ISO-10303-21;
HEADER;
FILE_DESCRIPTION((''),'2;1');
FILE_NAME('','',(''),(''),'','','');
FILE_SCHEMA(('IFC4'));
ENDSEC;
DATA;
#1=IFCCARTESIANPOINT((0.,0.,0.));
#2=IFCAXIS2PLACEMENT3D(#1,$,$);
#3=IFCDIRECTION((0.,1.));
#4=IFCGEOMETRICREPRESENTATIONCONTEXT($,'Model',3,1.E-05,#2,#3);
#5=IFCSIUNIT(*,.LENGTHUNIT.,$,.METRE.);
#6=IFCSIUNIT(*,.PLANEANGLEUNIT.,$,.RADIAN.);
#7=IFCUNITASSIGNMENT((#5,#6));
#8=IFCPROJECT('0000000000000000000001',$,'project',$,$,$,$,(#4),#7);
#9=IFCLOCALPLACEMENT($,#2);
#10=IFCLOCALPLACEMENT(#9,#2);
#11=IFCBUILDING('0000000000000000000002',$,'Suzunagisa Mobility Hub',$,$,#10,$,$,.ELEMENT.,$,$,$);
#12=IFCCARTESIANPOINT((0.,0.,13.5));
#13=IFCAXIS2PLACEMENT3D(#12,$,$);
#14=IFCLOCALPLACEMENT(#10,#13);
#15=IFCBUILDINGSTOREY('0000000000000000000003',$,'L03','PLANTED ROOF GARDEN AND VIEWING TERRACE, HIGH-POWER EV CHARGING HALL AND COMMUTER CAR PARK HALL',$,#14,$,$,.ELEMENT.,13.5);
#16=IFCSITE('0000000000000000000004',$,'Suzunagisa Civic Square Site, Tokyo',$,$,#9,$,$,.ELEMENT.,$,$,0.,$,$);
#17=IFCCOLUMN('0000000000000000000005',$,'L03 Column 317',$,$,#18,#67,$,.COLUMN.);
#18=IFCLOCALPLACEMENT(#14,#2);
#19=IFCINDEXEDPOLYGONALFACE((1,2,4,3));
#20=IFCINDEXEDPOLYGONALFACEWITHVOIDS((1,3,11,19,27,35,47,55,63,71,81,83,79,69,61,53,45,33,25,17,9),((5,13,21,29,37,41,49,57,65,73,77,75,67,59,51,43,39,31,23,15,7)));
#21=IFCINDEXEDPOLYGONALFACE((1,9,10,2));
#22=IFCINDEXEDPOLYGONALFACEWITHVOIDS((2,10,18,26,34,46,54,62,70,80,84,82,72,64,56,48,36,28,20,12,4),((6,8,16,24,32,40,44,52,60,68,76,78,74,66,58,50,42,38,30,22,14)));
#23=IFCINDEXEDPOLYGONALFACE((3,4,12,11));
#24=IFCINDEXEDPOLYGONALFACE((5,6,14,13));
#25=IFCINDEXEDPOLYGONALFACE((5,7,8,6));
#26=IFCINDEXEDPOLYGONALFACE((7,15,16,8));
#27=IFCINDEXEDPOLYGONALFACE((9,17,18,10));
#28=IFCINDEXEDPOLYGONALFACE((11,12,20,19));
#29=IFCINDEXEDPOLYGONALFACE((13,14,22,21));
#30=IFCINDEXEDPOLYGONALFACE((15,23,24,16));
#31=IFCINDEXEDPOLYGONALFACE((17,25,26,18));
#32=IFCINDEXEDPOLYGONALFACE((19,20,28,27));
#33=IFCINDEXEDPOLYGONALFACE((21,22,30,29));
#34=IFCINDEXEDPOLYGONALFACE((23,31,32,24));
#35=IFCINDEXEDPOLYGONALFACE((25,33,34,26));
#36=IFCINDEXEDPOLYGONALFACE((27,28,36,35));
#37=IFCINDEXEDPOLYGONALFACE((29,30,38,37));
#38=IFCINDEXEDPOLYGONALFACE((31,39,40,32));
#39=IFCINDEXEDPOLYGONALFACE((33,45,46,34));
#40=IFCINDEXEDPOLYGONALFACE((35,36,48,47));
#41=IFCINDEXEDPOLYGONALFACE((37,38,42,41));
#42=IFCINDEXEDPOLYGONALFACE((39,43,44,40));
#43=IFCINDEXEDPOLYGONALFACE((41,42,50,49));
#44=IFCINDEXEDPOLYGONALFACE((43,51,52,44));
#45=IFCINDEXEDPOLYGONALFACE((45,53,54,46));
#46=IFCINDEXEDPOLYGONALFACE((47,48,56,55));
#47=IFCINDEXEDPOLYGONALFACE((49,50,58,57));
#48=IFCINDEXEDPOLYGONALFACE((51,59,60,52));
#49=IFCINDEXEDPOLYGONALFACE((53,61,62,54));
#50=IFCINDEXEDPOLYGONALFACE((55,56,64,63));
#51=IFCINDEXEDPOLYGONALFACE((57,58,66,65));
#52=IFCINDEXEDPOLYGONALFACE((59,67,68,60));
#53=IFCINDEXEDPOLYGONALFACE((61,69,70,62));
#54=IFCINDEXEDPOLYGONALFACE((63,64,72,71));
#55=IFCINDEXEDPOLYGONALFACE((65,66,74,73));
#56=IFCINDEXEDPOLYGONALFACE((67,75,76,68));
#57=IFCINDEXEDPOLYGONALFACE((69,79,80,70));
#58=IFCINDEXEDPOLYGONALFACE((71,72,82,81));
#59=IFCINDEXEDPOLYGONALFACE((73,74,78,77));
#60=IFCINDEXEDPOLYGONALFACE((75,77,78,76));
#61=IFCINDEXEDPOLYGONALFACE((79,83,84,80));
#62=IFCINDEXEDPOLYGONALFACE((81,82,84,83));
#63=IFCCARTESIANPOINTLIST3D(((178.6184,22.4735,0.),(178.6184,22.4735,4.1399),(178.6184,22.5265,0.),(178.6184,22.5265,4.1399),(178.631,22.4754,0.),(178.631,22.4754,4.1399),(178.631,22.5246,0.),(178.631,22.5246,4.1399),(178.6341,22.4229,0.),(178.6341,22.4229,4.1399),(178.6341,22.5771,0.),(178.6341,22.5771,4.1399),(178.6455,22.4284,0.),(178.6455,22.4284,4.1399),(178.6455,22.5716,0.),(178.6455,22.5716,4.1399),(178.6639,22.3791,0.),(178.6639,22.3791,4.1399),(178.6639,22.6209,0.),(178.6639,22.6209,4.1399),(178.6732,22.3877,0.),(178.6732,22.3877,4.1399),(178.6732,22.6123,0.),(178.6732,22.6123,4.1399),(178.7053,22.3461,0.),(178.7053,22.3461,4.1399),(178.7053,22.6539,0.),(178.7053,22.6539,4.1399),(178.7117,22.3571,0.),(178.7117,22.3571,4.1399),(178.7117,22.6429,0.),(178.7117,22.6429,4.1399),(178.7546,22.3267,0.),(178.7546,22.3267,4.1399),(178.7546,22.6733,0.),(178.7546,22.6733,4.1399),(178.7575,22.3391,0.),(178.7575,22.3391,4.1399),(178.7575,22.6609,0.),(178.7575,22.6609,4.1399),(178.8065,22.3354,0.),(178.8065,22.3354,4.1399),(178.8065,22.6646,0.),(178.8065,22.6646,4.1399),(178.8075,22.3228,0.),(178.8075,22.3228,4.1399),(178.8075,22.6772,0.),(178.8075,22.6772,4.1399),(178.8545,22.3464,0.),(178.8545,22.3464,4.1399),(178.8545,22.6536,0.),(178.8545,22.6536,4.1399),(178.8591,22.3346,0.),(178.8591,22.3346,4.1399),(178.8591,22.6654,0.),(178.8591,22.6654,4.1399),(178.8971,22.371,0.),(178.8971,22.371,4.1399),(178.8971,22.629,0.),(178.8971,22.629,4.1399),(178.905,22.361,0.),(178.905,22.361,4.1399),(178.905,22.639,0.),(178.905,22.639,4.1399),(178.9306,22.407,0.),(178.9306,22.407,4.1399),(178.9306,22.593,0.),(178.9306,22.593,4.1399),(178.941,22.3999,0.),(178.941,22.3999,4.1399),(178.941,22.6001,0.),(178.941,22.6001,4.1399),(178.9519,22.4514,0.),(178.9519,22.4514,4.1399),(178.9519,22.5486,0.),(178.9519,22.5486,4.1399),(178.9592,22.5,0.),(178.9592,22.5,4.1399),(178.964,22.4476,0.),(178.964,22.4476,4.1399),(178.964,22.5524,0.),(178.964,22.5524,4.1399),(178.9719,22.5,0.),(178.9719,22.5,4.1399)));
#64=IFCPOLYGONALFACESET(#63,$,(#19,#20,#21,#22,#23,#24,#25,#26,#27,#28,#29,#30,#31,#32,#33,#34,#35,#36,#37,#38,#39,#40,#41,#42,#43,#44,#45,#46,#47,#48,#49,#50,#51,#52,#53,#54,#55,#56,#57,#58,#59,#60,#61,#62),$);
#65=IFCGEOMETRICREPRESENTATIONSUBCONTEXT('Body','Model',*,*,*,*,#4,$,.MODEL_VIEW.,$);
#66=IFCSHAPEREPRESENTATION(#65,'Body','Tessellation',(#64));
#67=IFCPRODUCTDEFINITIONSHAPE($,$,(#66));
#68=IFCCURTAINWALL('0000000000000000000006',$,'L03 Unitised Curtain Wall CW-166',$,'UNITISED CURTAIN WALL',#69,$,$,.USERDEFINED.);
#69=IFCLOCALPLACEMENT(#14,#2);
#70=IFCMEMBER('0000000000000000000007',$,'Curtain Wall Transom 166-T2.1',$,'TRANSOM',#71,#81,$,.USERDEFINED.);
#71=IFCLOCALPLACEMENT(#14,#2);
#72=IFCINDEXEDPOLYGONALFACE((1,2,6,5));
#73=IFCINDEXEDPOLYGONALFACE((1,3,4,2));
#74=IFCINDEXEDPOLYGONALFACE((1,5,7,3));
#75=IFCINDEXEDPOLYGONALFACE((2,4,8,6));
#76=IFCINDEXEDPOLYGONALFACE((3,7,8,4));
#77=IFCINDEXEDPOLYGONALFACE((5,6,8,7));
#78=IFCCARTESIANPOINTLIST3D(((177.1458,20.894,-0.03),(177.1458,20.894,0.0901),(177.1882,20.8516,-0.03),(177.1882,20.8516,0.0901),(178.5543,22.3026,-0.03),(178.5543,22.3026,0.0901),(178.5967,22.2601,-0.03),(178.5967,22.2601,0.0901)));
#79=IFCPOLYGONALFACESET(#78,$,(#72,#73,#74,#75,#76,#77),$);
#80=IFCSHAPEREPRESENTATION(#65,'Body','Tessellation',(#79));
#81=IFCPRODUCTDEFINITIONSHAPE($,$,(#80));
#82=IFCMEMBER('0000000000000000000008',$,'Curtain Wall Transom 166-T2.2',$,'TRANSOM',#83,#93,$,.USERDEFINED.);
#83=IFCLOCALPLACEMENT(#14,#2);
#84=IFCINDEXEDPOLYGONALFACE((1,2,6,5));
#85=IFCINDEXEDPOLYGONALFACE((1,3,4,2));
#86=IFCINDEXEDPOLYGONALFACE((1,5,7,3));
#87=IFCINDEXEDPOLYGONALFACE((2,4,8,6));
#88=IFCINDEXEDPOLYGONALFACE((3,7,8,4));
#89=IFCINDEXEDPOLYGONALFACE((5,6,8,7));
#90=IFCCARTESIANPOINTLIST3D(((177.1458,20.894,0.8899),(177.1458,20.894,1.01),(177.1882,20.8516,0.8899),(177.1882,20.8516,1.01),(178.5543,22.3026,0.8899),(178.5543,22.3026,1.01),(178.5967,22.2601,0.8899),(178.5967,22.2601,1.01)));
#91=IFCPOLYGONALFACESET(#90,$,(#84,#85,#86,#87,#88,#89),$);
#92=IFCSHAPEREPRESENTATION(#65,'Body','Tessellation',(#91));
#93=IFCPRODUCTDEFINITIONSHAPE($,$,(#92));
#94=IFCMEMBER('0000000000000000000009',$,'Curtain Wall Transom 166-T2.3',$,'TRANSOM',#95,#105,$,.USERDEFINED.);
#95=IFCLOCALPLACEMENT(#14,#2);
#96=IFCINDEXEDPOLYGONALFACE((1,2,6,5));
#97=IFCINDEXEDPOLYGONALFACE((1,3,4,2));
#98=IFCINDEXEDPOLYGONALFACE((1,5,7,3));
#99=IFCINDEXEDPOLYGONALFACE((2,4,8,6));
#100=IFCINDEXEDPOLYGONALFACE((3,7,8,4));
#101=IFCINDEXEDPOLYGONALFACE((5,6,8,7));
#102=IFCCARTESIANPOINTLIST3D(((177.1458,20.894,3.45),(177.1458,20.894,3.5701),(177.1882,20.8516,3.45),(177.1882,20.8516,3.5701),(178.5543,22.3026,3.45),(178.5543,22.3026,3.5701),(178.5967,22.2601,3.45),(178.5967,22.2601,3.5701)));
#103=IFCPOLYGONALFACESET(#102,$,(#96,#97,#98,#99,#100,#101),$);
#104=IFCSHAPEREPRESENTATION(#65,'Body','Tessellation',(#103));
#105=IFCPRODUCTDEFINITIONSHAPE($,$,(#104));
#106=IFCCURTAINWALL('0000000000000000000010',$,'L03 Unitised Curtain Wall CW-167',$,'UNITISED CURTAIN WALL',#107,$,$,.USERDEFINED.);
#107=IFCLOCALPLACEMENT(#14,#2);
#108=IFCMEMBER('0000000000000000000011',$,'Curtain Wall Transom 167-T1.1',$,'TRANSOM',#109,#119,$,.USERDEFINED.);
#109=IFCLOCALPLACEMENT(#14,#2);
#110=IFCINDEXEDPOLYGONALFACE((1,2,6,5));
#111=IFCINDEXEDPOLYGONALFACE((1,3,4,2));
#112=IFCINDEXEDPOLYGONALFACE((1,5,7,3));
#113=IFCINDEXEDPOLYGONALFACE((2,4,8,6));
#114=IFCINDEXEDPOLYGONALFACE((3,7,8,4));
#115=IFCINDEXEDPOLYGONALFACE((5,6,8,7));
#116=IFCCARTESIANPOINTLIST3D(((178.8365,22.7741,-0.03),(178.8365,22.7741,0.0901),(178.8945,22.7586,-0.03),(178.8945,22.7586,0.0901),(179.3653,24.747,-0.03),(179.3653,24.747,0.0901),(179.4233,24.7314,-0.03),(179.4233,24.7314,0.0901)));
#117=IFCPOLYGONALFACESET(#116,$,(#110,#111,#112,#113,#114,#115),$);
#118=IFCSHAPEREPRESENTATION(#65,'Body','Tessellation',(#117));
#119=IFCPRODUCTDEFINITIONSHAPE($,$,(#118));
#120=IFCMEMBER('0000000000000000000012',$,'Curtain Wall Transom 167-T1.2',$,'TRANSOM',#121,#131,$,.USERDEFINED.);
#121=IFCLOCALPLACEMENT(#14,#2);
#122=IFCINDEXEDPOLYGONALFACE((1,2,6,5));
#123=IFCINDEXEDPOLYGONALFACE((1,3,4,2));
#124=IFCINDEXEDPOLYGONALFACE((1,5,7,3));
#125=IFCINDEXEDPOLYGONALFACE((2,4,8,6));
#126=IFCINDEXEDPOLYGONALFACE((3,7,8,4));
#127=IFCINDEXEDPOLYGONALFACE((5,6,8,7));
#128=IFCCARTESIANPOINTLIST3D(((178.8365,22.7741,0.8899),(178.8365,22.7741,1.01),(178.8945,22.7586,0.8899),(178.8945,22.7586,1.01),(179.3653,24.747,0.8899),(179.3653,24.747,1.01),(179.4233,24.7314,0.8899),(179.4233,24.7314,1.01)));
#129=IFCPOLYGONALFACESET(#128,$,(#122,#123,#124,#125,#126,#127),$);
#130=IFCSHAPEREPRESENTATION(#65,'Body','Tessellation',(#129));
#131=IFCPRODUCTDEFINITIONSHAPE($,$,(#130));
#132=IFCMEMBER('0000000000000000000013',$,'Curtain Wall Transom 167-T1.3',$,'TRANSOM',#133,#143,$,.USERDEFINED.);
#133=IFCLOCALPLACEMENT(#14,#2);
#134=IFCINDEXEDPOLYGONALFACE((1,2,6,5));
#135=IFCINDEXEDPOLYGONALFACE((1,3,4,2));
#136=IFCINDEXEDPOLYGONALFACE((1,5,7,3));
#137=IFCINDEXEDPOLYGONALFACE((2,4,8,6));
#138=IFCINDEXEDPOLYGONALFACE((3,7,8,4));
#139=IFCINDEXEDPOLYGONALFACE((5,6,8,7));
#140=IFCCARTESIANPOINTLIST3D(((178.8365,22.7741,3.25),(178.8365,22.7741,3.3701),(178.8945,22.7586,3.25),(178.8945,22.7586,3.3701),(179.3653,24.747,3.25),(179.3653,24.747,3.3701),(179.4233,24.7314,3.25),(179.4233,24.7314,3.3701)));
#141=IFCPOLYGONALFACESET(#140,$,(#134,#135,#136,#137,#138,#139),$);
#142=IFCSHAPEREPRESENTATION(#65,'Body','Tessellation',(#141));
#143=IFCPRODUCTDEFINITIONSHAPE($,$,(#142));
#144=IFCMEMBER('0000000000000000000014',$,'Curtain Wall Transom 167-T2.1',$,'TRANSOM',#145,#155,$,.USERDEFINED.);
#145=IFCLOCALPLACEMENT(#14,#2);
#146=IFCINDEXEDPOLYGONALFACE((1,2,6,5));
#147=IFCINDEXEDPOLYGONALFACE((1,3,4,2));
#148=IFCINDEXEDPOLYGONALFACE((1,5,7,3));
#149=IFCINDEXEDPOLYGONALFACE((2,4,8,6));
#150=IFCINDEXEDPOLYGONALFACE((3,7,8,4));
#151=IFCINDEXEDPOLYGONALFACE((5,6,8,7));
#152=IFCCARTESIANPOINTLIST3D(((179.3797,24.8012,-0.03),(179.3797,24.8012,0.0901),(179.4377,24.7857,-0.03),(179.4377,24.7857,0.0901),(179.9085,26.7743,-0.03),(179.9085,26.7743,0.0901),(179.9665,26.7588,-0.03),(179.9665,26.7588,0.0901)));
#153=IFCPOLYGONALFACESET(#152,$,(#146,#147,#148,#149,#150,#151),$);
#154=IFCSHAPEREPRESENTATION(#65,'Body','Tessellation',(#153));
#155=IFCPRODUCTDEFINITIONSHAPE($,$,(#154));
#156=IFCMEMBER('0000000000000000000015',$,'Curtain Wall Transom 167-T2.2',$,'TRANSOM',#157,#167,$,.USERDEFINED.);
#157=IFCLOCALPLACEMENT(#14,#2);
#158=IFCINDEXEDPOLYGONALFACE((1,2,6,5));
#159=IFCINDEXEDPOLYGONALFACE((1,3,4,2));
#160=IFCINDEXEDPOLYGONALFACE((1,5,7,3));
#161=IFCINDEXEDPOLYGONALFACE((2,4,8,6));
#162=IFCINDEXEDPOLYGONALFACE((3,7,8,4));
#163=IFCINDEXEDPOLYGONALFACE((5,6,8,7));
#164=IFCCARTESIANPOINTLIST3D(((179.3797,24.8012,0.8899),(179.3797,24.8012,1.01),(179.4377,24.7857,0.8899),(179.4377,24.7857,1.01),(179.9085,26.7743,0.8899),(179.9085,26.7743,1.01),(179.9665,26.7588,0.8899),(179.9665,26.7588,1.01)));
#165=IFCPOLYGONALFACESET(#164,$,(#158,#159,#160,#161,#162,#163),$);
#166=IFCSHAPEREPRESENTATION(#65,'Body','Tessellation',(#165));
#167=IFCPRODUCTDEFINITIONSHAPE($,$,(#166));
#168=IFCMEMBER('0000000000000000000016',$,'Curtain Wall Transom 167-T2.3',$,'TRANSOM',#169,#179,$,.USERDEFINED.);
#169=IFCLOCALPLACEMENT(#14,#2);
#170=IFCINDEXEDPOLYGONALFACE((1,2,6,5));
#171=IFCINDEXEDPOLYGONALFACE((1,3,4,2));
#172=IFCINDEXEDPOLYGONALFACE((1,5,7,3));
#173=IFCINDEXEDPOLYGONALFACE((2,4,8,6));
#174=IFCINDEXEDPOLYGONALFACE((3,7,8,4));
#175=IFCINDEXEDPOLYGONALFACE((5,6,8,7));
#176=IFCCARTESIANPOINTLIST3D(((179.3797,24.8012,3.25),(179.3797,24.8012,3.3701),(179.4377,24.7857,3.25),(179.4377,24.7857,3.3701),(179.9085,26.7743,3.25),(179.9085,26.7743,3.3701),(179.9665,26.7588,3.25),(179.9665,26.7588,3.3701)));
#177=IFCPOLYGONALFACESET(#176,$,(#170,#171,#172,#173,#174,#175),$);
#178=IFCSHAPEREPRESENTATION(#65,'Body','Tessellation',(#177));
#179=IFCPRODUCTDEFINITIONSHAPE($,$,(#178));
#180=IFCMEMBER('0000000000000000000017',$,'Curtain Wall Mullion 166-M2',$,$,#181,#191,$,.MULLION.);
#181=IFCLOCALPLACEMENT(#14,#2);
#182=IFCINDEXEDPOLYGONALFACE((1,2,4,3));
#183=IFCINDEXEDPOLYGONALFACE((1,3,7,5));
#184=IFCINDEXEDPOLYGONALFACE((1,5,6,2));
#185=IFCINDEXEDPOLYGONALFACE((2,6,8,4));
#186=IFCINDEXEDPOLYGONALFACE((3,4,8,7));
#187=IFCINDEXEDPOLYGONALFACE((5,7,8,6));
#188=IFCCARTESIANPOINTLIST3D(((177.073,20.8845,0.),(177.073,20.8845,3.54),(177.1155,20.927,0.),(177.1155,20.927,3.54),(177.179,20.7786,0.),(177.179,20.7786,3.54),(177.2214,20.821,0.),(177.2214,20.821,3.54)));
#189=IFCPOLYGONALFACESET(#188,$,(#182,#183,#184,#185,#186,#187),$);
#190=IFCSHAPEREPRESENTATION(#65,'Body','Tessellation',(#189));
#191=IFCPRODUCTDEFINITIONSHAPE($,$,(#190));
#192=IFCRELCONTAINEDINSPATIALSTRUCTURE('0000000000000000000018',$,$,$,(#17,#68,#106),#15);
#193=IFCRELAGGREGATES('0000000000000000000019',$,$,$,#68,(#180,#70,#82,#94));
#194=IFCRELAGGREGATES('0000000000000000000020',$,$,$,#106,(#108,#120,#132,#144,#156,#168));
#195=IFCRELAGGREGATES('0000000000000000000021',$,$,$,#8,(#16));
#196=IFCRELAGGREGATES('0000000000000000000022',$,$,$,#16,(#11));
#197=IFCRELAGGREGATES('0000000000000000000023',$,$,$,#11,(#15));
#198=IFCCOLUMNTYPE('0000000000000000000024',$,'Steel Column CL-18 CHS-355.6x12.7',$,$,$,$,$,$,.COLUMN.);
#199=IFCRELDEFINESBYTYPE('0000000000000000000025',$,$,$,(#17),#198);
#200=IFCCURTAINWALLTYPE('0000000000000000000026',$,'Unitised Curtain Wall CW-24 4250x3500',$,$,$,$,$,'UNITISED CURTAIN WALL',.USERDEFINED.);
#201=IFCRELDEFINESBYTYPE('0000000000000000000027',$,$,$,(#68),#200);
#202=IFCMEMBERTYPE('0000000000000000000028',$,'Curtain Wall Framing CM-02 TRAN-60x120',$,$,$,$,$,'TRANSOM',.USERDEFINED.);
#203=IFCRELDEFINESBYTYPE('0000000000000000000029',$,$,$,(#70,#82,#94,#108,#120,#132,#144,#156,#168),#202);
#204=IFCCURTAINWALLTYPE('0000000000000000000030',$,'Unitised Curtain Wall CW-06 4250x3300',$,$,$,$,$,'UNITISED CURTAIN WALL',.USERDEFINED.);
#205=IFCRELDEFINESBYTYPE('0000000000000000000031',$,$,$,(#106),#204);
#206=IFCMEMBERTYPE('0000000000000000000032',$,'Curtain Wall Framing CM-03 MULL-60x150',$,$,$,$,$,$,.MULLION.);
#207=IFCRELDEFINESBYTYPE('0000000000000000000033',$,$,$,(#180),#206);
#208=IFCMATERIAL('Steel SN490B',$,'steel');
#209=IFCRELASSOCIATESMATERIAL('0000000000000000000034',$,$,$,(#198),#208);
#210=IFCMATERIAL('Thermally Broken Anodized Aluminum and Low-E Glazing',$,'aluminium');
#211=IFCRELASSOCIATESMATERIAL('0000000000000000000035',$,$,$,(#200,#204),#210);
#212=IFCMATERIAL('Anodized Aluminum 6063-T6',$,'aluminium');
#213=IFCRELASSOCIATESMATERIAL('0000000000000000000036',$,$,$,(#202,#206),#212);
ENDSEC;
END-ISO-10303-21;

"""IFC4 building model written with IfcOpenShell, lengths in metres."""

from ifc_helpers import new_model, si_unit, direction, frame, origin, origin_2d, place, context, subcontext, project, spatial, rectangle, hollow_circle, extrude, material, material_profile, profile_set, type_object, element, aggregate, save


model = new_model("IFC4")

# Units and contexts
model_context = context("Model", 3, precision=1e-05, world=origin(), true_north=direction((0.0, 1.0)))
body_context = subcontext(model_context, "Body", "Model", "MODEL_VIEW")
ifc_project = project(units=[si_unit("LENGTHUNIT", "METRE"), si_unit("PLANEANGLEUNIT", "RADIAN")], contexts=[model_context])

# Site, building, storey
site_placement = place(None, origin())
site = spatial("IfcSite", under=ifc_project, at=site_placement, Name="Suzunagisa Civic Square Site, Tokyo", CompositionType="ELEMENT", RefElevation=0.0)
building_placement = place(site_placement, origin())
building = spatial("IfcBuilding", under=site, at=building_placement, Name="Suzunagisa Mobility Hub", CompositionType="ELEMENT")
storey_placement = place(building_placement, frame((0.0, 0.0, 13.5)))
storey = spatial("IfcBuildingStorey", under=building, at=storey_placement, Name="L03", Description="PLANTED ROOF GARDEN AND VIEWING TERRACE, HIGH-POWER EV CHARGING HALL AND COMMUTER CAR PARK HALL", CompositionType="ELEMENT", Elevation=13.5)

# Column
ifc_material_1 = material(Name="Steel SN490B", Category="steel")
ifc_material_profile_1 = material_profile(ifc_material_1, hollow_circle(Radius=0.1777, WallThickness=0.0127, at=origin_2d()), Name="CHS-355.6x12.7")
ifc_profile_set_1 = profile_set([ifc_material_profile_1], Name="Steel SN490B")
column_type = type_object("IfcColumnType", Name="Steel Column CL-18 CHS-355.6x12.7", PredefinedType="COLUMN", material=ifc_profile_set_1)
column_placement = place(storey_placement, frame((178.7942, 22.5, 0.0), z_axis=(0.0, 0.0, 1.0), x_axis=(1.0, 0.0, 0.0)))
element("IfcColumn", 1, at=column_placement, inside=storey, type_object=column_type, Name="L03 Column 317", PredefinedType="COLUMN", context=body_context, shape_type="SweptSolid", body=[
    extrude(hollow_circle(Radius=0.1777, WallThickness=0.0127, at=origin_2d()), origin(), (0.0, 0.0, 1.0), 4.1399),
])

# Curtain walls, members
ifc_material_2 = material(Name="Thermally Broken Anodized Aluminum and Low-E Glazing", Category="aluminium")
curtain_wall_type_1 = type_object("IfcCurtainWallType", Name="Unitised Curtain Wall CW-24 4250x3500", ElementType="UNITISED CURTAIN WALL", PredefinedType="USERDEFINED", material=ifc_material_2)
curtain_wall_1_placement = place(storey_placement, origin())
curtain_wall_1 = element("IfcCurtainWall", 2, at=curtain_wall_1_placement, inside=storey, type_object=curtain_wall_type_1, Name="L03 Unitised Curtain Wall CW-166", ObjectType="UNITISED CURTAIN WALL", PredefinedType="USERDEFINED")
ifc_material_3 = material(Name="Anodized Aluminum 6063-T6", Category="aluminium")
ifc_material_profile_2 = material_profile(ifc_material_3, rectangle(XDim=0.0601, YDim=0.1201, at=origin_2d()), Name="TRAN-60x120")
ifc_profile_set_2 = profile_set([ifc_material_profile_2], Name="Anodized Aluminum 6063-T6")
member_type_1 = type_object("IfcMemberType", Name="Curtain Wall Framing CM-02 TRAN-60x120", ElementType="TRANSOM", PredefinedType="USERDEFINED", material=ifc_profile_set_2)
member_1_placement = place(storey_placement, frame((177.167, 20.8728, 0.03), z_axis=(0.707107, 0.707107, 0.0), x_axis=(-0.707107, 0.707107, 0.0)))
member_1 = element("IfcMember", 3, at=member_1_placement, type_object=member_type_1, Name="Curtain Wall Transom 166-T2.1", ObjectType="TRANSOM", PredefinedType="USERDEFINED", context=body_context, shape_type="SweptSolid", body=[
    extrude(rectangle(XDim=0.0601, YDim=0.1201, at=origin_2d()), origin(), (0.0, 0.0, 1.0), 1.9919),
])
member_2_placement = place(storey_placement, frame((177.167, 20.8728, 0.95), z_axis=(0.707107, 0.707107, 0.0), x_axis=(-0.707107, 0.707107, 0.0)))
member_2 = element("IfcMember", 4, at=member_2_placement, type_object=member_type_1, Name="Curtain Wall Transom 166-T2.2", ObjectType="TRANSOM", PredefinedType="USERDEFINED", context=body_context, shape_type="SweptSolid", body=[
    extrude(rectangle(XDim=0.0601, YDim=0.1201, at=origin_2d()), origin(), (0.0, 0.0, 1.0), 1.9919),
])
member_3_placement = place(storey_placement, frame((177.167, 20.8728, 3.51), z_axis=(0.707107, 0.707107, 0.0), x_axis=(-0.707107, 0.707107, 0.0)))
member_3 = element("IfcMember", 5, at=member_3_placement, type_object=member_type_1, Name="Curtain Wall Transom 166-T2.3", ObjectType="TRANSOM", PredefinedType="USERDEFINED", context=body_context, shape_type="SweptSolid", body=[
    extrude(rectangle(XDim=0.0601, YDim=0.1201, at=origin_2d()), origin(), (0.0, 0.0, 1.0), 1.9919),
])
curtain_wall_type_2 = type_object("IfcCurtainWallType", Name="Unitised Curtain Wall CW-06 4250x3300", ElementType="UNITISED CURTAIN WALL", PredefinedType="USERDEFINED", material=ifc_material_2)
curtain_wall_2_placement = place(storey_placement, origin())
curtain_wall_2 = element("IfcCurtainWall", 6, at=curtain_wall_2_placement, inside=storey, type_object=curtain_wall_type_2, Name="L03 Unitised Curtain Wall CW-167", ObjectType="UNITISED CURTAIN WALL", PredefinedType="USERDEFINED")
member_4_placement = place(storey_placement, frame((178.8655, 22.7664, 0.03), z_axis=(0.258897, 0.965905, 0.0), x_axis=(-0.965905, 0.258897, 0.0)))
member_4 = element("IfcMember", 7, at=member_4_placement, type_object=member_type_1, Name="Curtain Wall Transom 167-T1.1", ObjectType="TRANSOM", PredefinedType="USERDEFINED", context=body_context, shape_type="SweptSolid", body=[
    extrude(rectangle(XDim=0.0601, YDim=0.1201, at=origin_2d()), origin(), (0.0, 0.0, 1.0), 2.0425),
])
member_5_placement = place(storey_placement, frame((178.8655, 22.7664, 0.95), z_axis=(0.258897, 0.965905, 0.0), x_axis=(-0.965905, 0.258897, 0.0)))
member_5 = element("IfcMember", 8, at=member_5_placement, type_object=member_type_1, Name="Curtain Wall Transom 167-T1.2", ObjectType="TRANSOM", PredefinedType="USERDEFINED", context=body_context, shape_type="SweptSolid", body=[
    extrude(rectangle(XDim=0.0601, YDim=0.1201, at=origin_2d()), origin(), (0.0, 0.0, 1.0), 2.0425),
])
member_6_placement = place(storey_placement, frame((178.8655, 22.7664, 3.3101), z_axis=(0.258897, 0.965905, 0.0), x_axis=(-0.965905, 0.258897, 0.0)))
member_6 = element("IfcMember", 9, at=member_6_placement, type_object=member_type_1, Name="Curtain Wall Transom 167-T1.3", ObjectType="TRANSOM", PredefinedType="USERDEFINED", context=body_context, shape_type="SweptSolid", body=[
    extrude(rectangle(XDim=0.0601, YDim=0.1201, at=origin_2d()), origin(), (0.0, 0.0, 1.0), 2.0425),
])
member_7_placement = place(storey_placement, frame((179.4087, 24.7935, 0.03), z_axis=(0.258868, 0.965913, 0.0), x_axis=(-0.965913, 0.258868, 0.0)))
member_7 = element("IfcMember", 10, at=member_7_placement, type_object=member_type_1, Name="Curtain Wall Transom 167-T2.1", ObjectType="TRANSOM", PredefinedType="USERDEFINED", context=body_context, shape_type="SweptSolid", body=[
    extrude(rectangle(XDim=0.0601, YDim=0.1201, at=origin_2d()), origin(), (0.0, 0.0, 1.0), 2.0427),
])
member_8_placement = place(storey_placement, frame((179.4087, 24.7935, 0.95), z_axis=(0.258868, 0.965913, 0.0), x_axis=(-0.965913, 0.258868, 0.0)))
member_8 = element("IfcMember", 11, at=member_8_placement, type_object=member_type_1, Name="Curtain Wall Transom 167-T2.2", ObjectType="TRANSOM", PredefinedType="USERDEFINED", context=body_context, shape_type="SweptSolid", body=[
    extrude(rectangle(XDim=0.0601, YDim=0.1201, at=origin_2d()), origin(), (0.0, 0.0, 1.0), 2.0427),
])
member_9_placement = place(storey_placement, frame((179.4087, 24.7935, 3.3101), z_axis=(0.258868, 0.965913, 0.0), x_axis=(-0.965913, 0.258868, 0.0)))
member_9 = element("IfcMember", 12, at=member_9_placement, type_object=member_type_1, Name="Curtain Wall Transom 167-T2.3", ObjectType="TRANSOM", PredefinedType="USERDEFINED", context=body_context, shape_type="SweptSolid", body=[
    extrude(rectangle(XDim=0.0601, YDim=0.1201, at=origin_2d()), origin(), (0.0, 0.0, 1.0), 2.0427),
])

# Member
ifc_material_profile_3 = material_profile(ifc_material_3, rectangle(XDim=0.0601, YDim=0.1499, at=origin_2d()), Name="MULL-60x150")
ifc_profile_set_3 = profile_set([ifc_material_profile_3], Name="Anodized Aluminum 6063-T6")
member_type_2 = type_object("IfcMemberType", Name="Curtain Wall Framing CM-03 MULL-60x150", PredefinedType="MULLION", material=ifc_profile_set_3)
member_10_placement = place(storey_placement, frame((177.1472, 20.8528, 0.0), z_axis=(0.0, 0.0, 1.0), x_axis=(0.707107, 0.707107, 0.0)))
member_10 = element("IfcMember", 13, at=member_10_placement, type_object=member_type_2, Name="Curtain Wall Mullion 166-M2", PredefinedType="MULLION", context=body_context, shape_type="SweptSolid", body=[
    extrude(rectangle(XDim=0.0601, YDim=0.1499, at=origin_2d()), origin(), (0.0, 0.0, 1.0), 3.54),
])

aggregate(curtain_wall_1, [member_10, member_1, member_2, member_3])
aggregate(curtain_wall_2, [member_4, member_5, member_6, member_7, member_8, member_9])

save(model, "model.ifc")
